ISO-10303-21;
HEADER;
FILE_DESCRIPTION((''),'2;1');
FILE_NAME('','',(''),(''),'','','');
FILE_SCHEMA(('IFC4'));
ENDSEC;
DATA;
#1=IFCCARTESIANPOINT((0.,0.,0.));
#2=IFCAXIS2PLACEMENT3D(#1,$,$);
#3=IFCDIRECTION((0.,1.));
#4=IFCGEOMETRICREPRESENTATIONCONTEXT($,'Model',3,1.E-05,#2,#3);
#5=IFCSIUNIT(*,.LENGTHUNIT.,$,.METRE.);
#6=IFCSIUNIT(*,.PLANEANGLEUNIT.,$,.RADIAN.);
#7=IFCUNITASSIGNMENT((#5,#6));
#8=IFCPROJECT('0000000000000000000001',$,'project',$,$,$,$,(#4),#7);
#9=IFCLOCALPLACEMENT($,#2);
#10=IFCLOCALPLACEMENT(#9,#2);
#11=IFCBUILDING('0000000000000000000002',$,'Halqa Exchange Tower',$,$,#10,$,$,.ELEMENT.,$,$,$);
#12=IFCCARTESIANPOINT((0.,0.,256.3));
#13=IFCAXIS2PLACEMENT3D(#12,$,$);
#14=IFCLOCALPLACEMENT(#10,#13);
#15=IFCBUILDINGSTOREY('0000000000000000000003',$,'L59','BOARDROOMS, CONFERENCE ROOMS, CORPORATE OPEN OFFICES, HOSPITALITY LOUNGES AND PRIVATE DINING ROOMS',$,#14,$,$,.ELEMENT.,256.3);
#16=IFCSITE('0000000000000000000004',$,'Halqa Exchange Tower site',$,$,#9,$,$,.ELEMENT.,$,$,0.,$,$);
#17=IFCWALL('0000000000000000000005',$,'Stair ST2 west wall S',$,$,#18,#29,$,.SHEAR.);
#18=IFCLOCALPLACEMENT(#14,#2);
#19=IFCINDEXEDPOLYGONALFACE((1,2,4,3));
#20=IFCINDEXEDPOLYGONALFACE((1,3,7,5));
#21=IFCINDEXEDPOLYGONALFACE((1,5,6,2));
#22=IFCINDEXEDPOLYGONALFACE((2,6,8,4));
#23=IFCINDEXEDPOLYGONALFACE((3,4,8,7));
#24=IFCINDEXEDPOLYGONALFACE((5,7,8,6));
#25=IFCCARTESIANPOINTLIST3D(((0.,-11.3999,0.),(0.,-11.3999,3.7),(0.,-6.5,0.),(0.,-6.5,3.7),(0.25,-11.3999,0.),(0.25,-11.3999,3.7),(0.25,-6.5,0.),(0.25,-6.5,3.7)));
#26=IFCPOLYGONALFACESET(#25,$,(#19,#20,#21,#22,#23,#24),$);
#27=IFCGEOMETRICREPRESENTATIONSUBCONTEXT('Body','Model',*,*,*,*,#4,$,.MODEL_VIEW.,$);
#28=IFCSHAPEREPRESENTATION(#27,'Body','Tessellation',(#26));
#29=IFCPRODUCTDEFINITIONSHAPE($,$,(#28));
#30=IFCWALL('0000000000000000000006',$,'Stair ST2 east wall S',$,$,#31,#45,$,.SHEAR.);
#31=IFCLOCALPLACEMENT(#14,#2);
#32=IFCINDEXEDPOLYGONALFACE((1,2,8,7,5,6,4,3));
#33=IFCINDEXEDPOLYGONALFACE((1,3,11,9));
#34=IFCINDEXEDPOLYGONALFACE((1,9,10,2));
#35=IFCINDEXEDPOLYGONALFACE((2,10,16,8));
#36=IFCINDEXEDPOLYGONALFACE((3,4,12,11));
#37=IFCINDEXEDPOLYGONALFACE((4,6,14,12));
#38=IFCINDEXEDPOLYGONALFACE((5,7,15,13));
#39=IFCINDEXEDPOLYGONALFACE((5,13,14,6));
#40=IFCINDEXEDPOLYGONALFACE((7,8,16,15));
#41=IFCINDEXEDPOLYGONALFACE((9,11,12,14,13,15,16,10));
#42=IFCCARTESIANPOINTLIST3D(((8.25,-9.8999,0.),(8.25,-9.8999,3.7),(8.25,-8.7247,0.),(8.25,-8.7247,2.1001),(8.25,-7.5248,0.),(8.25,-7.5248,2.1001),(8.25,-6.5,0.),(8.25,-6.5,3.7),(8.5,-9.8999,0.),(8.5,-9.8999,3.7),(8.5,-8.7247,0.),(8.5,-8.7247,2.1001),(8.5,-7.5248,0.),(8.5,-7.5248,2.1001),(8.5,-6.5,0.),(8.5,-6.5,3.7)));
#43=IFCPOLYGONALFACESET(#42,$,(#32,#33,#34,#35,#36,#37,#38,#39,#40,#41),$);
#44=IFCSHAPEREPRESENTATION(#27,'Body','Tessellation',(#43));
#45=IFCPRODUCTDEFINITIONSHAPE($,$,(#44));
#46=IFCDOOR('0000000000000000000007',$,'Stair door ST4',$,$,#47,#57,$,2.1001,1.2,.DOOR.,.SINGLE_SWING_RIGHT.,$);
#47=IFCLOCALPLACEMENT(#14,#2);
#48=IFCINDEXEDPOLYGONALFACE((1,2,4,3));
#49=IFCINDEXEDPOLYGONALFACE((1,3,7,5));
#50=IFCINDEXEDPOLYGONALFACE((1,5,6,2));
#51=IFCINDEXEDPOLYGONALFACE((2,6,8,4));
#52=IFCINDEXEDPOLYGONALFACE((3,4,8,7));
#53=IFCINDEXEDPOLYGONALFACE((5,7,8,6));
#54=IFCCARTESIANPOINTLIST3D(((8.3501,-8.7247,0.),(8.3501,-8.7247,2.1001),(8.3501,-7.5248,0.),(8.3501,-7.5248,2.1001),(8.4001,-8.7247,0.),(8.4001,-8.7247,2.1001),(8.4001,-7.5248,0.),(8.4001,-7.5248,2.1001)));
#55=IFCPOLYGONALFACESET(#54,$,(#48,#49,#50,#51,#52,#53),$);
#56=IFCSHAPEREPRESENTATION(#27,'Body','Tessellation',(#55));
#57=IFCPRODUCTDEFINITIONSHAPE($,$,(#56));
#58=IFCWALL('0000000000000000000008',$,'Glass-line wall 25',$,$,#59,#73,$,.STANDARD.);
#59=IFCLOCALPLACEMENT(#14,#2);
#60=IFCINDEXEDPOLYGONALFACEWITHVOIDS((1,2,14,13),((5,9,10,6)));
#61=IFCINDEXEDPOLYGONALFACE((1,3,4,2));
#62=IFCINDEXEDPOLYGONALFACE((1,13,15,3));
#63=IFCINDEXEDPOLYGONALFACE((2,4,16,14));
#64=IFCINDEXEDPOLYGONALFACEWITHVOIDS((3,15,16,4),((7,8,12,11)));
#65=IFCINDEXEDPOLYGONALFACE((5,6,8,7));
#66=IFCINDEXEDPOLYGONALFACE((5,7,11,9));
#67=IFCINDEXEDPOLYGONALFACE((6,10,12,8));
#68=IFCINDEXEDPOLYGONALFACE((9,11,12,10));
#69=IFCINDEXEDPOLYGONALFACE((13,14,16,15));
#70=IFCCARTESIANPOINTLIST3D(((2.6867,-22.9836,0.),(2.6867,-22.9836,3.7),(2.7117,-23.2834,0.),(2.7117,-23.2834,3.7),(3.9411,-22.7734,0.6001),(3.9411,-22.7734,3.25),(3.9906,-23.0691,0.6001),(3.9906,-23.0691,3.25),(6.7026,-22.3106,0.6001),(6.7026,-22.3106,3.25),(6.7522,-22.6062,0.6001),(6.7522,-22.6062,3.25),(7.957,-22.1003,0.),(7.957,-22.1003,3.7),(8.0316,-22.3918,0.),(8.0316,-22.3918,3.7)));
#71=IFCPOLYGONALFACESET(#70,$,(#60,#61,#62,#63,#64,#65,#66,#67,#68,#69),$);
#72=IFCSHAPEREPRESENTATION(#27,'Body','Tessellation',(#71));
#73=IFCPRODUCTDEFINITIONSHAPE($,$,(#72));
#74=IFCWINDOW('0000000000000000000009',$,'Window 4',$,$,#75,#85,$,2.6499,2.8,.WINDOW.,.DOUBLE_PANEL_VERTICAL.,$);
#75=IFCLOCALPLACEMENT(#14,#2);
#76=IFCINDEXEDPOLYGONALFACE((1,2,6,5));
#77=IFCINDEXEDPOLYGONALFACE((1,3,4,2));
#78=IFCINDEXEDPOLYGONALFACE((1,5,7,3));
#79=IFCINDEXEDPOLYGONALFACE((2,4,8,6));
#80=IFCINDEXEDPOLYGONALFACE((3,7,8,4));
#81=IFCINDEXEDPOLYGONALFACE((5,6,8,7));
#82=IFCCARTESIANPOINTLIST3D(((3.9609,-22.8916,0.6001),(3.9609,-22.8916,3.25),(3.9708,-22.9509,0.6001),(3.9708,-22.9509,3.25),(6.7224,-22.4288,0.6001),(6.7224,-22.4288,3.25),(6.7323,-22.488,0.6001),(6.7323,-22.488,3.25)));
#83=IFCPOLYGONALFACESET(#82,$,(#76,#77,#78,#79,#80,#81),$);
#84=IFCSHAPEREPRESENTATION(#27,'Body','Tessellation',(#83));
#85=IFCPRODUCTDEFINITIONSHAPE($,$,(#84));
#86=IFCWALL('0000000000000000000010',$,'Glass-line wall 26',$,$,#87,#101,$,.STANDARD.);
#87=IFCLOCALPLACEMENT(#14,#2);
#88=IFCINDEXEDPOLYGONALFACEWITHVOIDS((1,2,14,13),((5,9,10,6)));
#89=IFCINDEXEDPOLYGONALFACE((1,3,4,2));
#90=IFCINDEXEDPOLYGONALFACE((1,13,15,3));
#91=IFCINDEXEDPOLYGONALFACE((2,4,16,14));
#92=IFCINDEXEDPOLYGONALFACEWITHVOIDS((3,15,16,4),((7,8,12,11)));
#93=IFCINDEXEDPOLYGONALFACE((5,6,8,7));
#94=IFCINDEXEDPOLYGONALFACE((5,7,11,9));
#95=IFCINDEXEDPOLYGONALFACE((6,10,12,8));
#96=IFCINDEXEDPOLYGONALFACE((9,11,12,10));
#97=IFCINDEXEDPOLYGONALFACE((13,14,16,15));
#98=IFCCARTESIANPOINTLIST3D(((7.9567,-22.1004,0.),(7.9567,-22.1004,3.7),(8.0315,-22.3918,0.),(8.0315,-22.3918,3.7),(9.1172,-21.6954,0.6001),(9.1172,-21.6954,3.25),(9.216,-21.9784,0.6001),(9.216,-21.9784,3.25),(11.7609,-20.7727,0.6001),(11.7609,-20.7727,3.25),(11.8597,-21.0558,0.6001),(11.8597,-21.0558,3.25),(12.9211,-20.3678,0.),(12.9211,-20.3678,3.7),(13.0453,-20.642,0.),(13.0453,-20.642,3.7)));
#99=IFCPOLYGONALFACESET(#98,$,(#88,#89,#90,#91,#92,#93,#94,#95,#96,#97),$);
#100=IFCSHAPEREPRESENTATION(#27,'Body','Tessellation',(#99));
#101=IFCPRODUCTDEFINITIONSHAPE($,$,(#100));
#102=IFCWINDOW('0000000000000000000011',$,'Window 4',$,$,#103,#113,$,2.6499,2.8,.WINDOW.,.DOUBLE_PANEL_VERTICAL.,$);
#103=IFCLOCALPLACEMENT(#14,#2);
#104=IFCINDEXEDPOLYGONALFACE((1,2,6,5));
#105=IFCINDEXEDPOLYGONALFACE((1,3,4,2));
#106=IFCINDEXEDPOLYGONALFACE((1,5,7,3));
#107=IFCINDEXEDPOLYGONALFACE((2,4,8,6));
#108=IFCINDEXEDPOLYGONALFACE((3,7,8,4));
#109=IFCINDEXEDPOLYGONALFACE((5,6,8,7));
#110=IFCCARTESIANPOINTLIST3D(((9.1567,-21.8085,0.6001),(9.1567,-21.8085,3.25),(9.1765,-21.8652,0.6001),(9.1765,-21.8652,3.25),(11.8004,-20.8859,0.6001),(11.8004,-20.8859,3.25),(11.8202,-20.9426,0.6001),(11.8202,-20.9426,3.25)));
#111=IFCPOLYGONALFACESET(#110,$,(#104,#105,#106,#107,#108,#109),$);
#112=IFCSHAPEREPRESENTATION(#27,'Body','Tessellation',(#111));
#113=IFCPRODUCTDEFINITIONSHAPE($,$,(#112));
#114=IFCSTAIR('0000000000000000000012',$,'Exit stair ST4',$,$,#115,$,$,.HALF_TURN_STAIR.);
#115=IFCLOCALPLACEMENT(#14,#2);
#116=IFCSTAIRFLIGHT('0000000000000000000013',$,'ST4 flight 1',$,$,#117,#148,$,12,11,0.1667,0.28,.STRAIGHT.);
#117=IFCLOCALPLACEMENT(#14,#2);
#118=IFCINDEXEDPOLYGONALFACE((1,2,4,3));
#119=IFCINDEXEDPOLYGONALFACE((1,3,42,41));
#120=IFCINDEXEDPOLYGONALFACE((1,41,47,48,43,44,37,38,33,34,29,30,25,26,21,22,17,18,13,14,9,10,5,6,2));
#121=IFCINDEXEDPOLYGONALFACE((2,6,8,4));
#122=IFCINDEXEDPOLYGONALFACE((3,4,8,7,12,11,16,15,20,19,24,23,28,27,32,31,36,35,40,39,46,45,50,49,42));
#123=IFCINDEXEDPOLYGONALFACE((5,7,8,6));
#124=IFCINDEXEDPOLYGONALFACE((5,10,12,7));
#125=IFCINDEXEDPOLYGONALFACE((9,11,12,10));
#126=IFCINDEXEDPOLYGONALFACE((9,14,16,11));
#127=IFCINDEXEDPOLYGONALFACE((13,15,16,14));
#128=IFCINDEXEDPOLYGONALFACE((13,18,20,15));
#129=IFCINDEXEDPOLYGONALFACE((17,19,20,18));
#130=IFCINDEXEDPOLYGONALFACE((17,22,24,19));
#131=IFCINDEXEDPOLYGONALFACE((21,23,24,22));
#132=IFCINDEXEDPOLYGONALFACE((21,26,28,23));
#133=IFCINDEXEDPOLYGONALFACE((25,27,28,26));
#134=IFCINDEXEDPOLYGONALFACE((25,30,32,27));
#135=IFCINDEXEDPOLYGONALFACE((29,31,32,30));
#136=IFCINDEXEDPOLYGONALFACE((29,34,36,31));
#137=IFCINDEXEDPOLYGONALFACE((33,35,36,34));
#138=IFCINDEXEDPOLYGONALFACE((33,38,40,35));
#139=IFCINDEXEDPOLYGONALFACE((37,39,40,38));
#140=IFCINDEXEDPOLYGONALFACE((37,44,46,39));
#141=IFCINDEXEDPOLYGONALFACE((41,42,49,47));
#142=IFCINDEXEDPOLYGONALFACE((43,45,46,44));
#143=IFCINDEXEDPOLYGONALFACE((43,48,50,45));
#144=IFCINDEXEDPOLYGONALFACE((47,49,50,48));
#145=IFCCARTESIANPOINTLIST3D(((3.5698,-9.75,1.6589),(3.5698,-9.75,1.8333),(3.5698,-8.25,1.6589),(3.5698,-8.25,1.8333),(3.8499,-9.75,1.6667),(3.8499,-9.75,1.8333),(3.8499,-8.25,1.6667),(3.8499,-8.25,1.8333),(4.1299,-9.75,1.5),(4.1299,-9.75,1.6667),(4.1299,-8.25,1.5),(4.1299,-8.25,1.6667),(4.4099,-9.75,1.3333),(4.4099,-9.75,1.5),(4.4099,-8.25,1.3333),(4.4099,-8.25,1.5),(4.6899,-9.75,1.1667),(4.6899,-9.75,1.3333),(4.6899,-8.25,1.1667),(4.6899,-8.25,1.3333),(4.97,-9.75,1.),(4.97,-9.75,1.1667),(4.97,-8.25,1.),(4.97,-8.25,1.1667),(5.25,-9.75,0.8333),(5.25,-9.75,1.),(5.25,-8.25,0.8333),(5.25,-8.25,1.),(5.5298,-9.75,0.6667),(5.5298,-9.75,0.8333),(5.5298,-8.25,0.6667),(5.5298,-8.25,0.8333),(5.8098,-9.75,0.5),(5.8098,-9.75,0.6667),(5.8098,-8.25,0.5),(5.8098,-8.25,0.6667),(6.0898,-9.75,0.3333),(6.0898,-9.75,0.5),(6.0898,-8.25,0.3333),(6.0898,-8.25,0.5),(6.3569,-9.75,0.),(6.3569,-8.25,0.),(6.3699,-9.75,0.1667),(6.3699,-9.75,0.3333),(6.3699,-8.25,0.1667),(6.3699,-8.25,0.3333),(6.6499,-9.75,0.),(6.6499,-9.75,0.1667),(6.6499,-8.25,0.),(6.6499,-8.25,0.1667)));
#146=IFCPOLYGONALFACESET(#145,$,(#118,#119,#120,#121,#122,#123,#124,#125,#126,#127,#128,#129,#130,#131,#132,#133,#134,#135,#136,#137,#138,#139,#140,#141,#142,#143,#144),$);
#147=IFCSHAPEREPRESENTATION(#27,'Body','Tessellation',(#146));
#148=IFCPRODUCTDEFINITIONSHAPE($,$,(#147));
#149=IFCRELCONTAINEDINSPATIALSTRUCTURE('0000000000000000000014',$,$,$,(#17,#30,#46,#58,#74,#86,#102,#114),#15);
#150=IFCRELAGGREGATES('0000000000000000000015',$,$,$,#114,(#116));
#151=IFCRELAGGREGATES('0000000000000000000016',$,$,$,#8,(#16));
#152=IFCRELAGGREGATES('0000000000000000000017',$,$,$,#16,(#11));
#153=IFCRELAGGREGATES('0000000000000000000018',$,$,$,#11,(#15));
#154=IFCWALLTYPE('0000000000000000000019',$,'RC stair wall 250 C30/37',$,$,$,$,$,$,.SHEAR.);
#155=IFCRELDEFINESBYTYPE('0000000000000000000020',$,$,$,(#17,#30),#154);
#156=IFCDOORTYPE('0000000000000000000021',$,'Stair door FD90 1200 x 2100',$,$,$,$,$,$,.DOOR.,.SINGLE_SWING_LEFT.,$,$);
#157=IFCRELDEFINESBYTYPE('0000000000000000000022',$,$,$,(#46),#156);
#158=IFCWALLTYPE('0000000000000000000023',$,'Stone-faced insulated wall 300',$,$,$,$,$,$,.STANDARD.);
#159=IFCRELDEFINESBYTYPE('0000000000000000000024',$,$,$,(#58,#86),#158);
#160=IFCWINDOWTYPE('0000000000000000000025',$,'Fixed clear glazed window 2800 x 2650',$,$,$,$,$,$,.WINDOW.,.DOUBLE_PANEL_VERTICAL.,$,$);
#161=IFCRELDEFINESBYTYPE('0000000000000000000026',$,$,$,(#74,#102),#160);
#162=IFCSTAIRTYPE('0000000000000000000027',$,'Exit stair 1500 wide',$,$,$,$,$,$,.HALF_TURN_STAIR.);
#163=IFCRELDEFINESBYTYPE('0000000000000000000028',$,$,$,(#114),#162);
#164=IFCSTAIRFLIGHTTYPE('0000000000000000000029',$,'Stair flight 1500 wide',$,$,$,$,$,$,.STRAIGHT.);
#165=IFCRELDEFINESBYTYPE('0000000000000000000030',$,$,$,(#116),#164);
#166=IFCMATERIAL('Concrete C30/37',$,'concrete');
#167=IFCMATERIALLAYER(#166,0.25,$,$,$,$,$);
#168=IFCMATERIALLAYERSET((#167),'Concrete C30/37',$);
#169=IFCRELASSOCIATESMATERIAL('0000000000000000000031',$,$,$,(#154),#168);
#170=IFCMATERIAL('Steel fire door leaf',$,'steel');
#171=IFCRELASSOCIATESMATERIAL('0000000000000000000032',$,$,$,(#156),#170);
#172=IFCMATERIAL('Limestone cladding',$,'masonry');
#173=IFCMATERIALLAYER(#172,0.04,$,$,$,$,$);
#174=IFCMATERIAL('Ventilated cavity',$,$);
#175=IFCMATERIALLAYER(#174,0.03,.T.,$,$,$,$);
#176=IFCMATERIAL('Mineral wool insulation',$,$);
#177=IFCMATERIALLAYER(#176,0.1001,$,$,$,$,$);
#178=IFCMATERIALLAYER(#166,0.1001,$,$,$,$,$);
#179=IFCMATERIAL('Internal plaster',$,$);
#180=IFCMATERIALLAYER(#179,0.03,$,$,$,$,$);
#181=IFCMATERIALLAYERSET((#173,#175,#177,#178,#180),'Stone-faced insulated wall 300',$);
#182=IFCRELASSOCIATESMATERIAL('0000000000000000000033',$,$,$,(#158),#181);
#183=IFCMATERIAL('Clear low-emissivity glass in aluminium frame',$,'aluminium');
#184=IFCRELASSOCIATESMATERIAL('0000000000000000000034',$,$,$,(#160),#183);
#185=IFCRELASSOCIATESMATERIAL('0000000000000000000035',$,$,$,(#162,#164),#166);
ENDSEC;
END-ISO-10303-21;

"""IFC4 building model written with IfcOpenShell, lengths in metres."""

from ifc_helpers import new_model, si_unit, direction, frame, frame_2d, origin, place, context, subcontext, project, spatial, polyline, rectangle, outline, extrude, material, layer, layer_set, type_object, element, fill, aggregate, save


model = new_model("IFC4")

# Units and contexts
model_context = context("Model", 3, precision=1e-05, world=origin(), true_north=direction((0.0, 1.0)))
body_context = subcontext(model_context, "Body", "Model", "MODEL_VIEW")
ifc_project = project(units=[si_unit("LENGTHUNIT", "METRE"), si_unit("PLANEANGLEUNIT", "RADIAN")], contexts=[model_context])

# Site, building, storey
site_placement = place(None, origin())
site = spatial("IfcSite", under=ifc_project, at=site_placement, Name="Halqa Exchange Tower site", CompositionType="ELEMENT", RefElevation=0.0)
building_placement = place(site_placement, origin())
building = spatial("IfcBuilding", under=site, at=building_placement, Name="Halqa Exchange Tower", CompositionType="ELEMENT")
storey_placement = place(building_placement, frame((0.0, 0.0, 256.3)))
storey = spatial("IfcBuildingStorey", under=building, at=storey_placement, Name="L59", Description="BOARDROOMS, CONFERENCE ROOMS, CORPORATE OPEN OFFICES, HOSPITALITY LOUNGES AND PRIVATE DINING ROOMS", CompositionType="ELEMENT", Elevation=256.3)

# Wall
ifc_material_1 = material(Name="Concrete C30/37", Category="concrete")
ifc_layer_1 = layer(ifc_material_1, 0.25)
ifc_layer_set_1 = layer_set([ifc_layer_1], Name="Concrete C30/37")
wall_type_1 = type_object("IfcWallType", Name="RC stair wall 250 C30/37", PredefinedType="SHEAR", material=ifc_layer_set_1)
wall_1_placement = place(storey_placement, frame((0.125, -11.3999, 0.0), z_axis=(0.0, 0.0, 1.0), x_axis=(0.0, 1.0, 0.0)))
element("IfcWall", 1, at=wall_1_placement, inside=storey, type_object=wall_type_1, Name="Stair ST2 west wall S", PredefinedType="SHEAR", context=body_context, shape_type="SweptSolid", body=[
    extrude(rectangle(XDim=4.8999, YDim=0.25, at=frame_2d((2.45, 0.0))), origin(), (0.0, 0.0, 1.0), 3.7),
])

# Wall, opening, door
wall_2_placement = place(storey_placement, frame((8.375, -9.8999, 0.0), z_axis=(0.0, 0.0, 1.0), x_axis=(0.0, 1.0, 0.0)))
wall_2 = element("IfcWall", 2, at=wall_2_placement, inside=storey, type_object=wall_type_1, Name="Stair ST2 east wall S", PredefinedType="SHEAR", context=body_context, shape_type="SweptSolid", body=[
    extrude(rectangle(XDim=3.3999, YDim=0.25, at=frame_2d((1.7, 0.0))), origin(), (0.0, 0.0, 1.0), 3.7),
])
opening_1_placement = place(wall_2_placement, frame((1.175, 0.0, 0.0)))
opening_1 = element("IfcOpeningElement", 3, at=opening_1_placement, cuts=wall_2, PredefinedType="OPENING", context=body_context, shape_type="SweptSolid", body=[
    extrude(rectangle(XDim=1.2, YDim=2.1001, at=frame_2d((0.6001, 1.05))), frame((0.0, 0.137, 0.0), z_axis=(0.0, -1.0, 0.0), x_axis=(1.0, 0.0, 0.0)), (0.0, 0.0, 1.0), 0.2739),
])
ifc_material_2 = material(Name="Steel fire door leaf", Category="steel")
door_type = type_object("IfcDoorType", Name="Stair door FD90 1200 x 2100", OperationType="SINGLE_SWING_LEFT", PredefinedType="DOOR", material=ifc_material_2)
door_placement = place(opening_1_placement, origin())
door = element("IfcDoor", 4, at=door_placement, inside=storey, type_object=door_type, Name="Stair door ST4", OperationType="SINGLE_SWING_RIGHT", OverallHeight=2.1001, OverallWidth=1.2, PredefinedType="DOOR", context=body_context, shape_type="SweptSolid", body=[
    extrude(rectangle(XDim=1.2, YDim=2.1001, at=frame_2d((0.6001, 1.05))), frame((0.0, 0.0249, 0.0), z_axis=(0.0, -1.0, 0.0), x_axis=(1.0, 0.0, 0.0)), (0.0, 0.0, 1.0), 0.05),
])
fill(opening_1, door)

# Walls, openings, windows
ifc_material_3 = material(Name="Limestone cladding", Category="masonry")
ifc_layer_2 = layer(ifc_material_3, 0.04)
ifc_material_4 = material(Name="Ventilated cavity")
ifc_layer_3 = layer(ifc_material_4, 0.03, ventilated=True)
ifc_material_5 = material(Name="Mineral wool insulation")
ifc_layer_4 = layer(ifc_material_5, 0.1001)
ifc_layer_5 = layer(ifc_material_1, 0.1001)
ifc_material_6 = material(Name="Internal plaster")
ifc_layer_6 = layer(ifc_material_6, 0.03)
ifc_layer_set_2 = layer_set([ifc_layer_2, ifc_layer_3, ifc_layer_4, ifc_layer_5, ifc_layer_6], Name="Stone-faced insulated wall 300")
wall_type_2 = type_object("IfcWallType", Name="Stone-faced insulated wall 300", PredefinedType="STANDARD", material=ifc_layer_set_2)
wall_3_placement = place(storey_placement, frame((2.6992, -23.1335, 0.0), z_axis=(0.0, 0.0, 1.0), x_axis=(0.986244, 0.165299, 0.0)))
wall_3 = element("IfcWall", 5, at=wall_3_placement, inside=storey, type_object=wall_type_2, Name="Glass-line wall 25", PredefinedType="STANDARD", context=body_context, shape_type="SweptSolid", body=[
    extrude(outline(polyline([(-0.0125, -0.1499), (5.3816, -0.1499), (5.3562, 0.1499), (0.0125, 0.1499), (-0.0125, -0.1499)])), origin(), (0.0, 0.0, 1.0), 3.7),
])
opening_2_placement = place(wall_3_placement, frame((1.2844, 0.0, 0.6001)))
opening_2 = element("IfcOpeningElement", 6, at=opening_2_placement, cuts=wall_3, PredefinedType="OPENING", context=body_context, shape_type="SweptSolid", body=[
    extrude(rectangle(XDim=2.8, YDim=2.6499, at=frame_2d((1.3999, 1.325))), frame((0.0, 0.1621, 0.0), z_axis=(0.0, -1.0, 0.0), x_axis=(1.0, 0.0, 0.0)), (0.0, 0.0, 1.0), 0.324),
])
ifc_material_7 = material(Name="Clear low-emissivity glass in aluminium frame", Category="aluminium")
window_type = type_object("IfcWindowType", Name="Fixed clear glazed window 2800 x 2650", PartitioningType="DOUBLE_PANEL_VERTICAL", PredefinedType="WINDOW", material=ifc_material_7)
window_1_placement = place(opening_2_placement, origin())
window_1 = element("IfcWindow", 7, at=window_1_placement, inside=storey, type_object=window_type, Name="Window 4", OverallHeight=2.6499, OverallWidth=2.8, PartitioningType="DOUBLE_PANEL_VERTICAL", PredefinedType="WINDOW", context=body_context, shape_type="SweptSolid", body=[
    extrude(rectangle(XDim=2.8, YDim=2.6499, at=frame_2d((1.3999, 1.325))), frame((0.0, 0.03, 0.0), z_axis=(0.0, -1.0, 0.0), x_axis=(1.0, 0.0, 0.0)), (0.0, 0.0, 1.0), 0.0601),
])
fill(opening_2, window_1)
wall_4_placement = place(storey_placement, frame((7.9941, -22.2461, 0.0), z_axis=(0.0, 0.0, 1.0), x_axis=(0.94415, 0.329517, 0.0)))
wall_4 = element("IfcWall", 8, at=wall_4_placement, inside=storey, type_object=wall_type_2, Name="Glass-line wall 26", PredefinedType="STANDARD", context=body_context, shape_type="SweptSolid", body=[
    extrude(outline(polyline([(-0.0127, -0.1499), (5.2976, -0.1499), (5.2708, 0.1499), (0.0127, 0.1499), (-0.0127, -0.1499)])), origin(), (0.0, 0.0, 1.0), 3.7),
])
opening_3_placement = place(wall_4_placement, frame((1.2419, 0.0, 0.6001)))
opening_3 = element("IfcOpeningElement", 9, at=opening_3_placement, cuts=wall_4, PredefinedType="OPENING", context=body_context, shape_type="SweptSolid", body=[
    extrude(rectangle(XDim=2.8, YDim=2.6499, at=frame_2d((1.3999, 1.325))), frame((0.0, 0.1621, 0.0), z_axis=(0.0, -1.0, 0.0), x_axis=(1.0, 0.0, 0.0)), (0.0, 0.0, 1.0), 0.324),
])
window_2_placement = place(opening_3_placement, origin())
window_2 = element("IfcWindow", 10, at=window_2_placement, inside=storey, type_object=window_type, Name="Window 4", OverallHeight=2.6499, OverallWidth=2.8, PartitioningType="DOUBLE_PANEL_VERTICAL", PredefinedType="WINDOW", context=body_context, shape_type="SweptSolid", body=[
    extrude(rectangle(XDim=2.8, YDim=2.6499, at=frame_2d((1.3999, 1.325))), frame((0.0, 0.03, 0.0), z_axis=(0.0, -1.0, 0.0), x_axis=(1.0, 0.0, 0.0)), (0.0, 0.0, 1.0), 0.0601),
])
fill(opening_3, window_2)

# Stair, stair flight
stair_type = type_object("IfcStairType", Name="Exit stair 1500 wide", PredefinedType="HALF_TURN_STAIR", material=ifc_material_1)
stair_placement = place(storey_placement, origin())
stair = element("IfcStair", 11, at=stair_placement, inside=storey, type_object=stair_type, Name="Exit stair ST4", PredefinedType="HALF_TURN_STAIR")
stair_flight_type = type_object("IfcStairFlightType", Name="Stair flight 1500 wide", PredefinedType="STRAIGHT", material=ifc_material_1)
stair_flight_1_placement = place(storey_placement, frame((6.6499, -9.0, 0.0), z_axis=(0.0, 0.0, 1.0), x_axis=(-1.0, 0.0, 0.0)))
stair_flight_1 = element("IfcStairFlight", 12, at=stair_flight_1_placement, type_object=stair_flight_type, Name="ST4 flight 1", NumberOfRisers=12, NumberOfTreads=11, PredefinedType="STRAIGHT", RiserHeight=0.1667, TreadLength=0.28, context=body_context, shape_type="SweptSolid", body=[
    extrude(outline(polyline([(0.0, 0.0), (0.0, 0.1667), (0.28, 0.1667), (0.28, 0.3333), (0.5601, 0.3333), (0.5601, 0.5), (0.8401, 0.5), (0.8401, 0.6667), (1.1201, 0.6667), (1.1201, 0.8333), (1.3999, 0.8333), (1.3999, 1.0), (1.6799, 1.0), (1.6799, 1.1667), (1.96, 1.1667), (1.96, 1.3333), (2.24, 1.3333), (2.24, 1.5), (2.52, 1.5), (2.52, 1.6667), (2.8, 1.6667), (2.8, 1.8333), (3.0801, 1.8333), (3.0801, 2.0), (3.0801, 1.6589), (0.293, 0.0), (0.0, 0.0)])), frame((0.0, 0.75, 0.0), z_axis=(0.0, -1.0, 0.0), x_axis=(1.0, 0.0, 0.0)), (0.0, 0.0, 1.0), 1.5),
])
aggregate(stair, [stair_flight_1])

save(model, "model.ifc")
